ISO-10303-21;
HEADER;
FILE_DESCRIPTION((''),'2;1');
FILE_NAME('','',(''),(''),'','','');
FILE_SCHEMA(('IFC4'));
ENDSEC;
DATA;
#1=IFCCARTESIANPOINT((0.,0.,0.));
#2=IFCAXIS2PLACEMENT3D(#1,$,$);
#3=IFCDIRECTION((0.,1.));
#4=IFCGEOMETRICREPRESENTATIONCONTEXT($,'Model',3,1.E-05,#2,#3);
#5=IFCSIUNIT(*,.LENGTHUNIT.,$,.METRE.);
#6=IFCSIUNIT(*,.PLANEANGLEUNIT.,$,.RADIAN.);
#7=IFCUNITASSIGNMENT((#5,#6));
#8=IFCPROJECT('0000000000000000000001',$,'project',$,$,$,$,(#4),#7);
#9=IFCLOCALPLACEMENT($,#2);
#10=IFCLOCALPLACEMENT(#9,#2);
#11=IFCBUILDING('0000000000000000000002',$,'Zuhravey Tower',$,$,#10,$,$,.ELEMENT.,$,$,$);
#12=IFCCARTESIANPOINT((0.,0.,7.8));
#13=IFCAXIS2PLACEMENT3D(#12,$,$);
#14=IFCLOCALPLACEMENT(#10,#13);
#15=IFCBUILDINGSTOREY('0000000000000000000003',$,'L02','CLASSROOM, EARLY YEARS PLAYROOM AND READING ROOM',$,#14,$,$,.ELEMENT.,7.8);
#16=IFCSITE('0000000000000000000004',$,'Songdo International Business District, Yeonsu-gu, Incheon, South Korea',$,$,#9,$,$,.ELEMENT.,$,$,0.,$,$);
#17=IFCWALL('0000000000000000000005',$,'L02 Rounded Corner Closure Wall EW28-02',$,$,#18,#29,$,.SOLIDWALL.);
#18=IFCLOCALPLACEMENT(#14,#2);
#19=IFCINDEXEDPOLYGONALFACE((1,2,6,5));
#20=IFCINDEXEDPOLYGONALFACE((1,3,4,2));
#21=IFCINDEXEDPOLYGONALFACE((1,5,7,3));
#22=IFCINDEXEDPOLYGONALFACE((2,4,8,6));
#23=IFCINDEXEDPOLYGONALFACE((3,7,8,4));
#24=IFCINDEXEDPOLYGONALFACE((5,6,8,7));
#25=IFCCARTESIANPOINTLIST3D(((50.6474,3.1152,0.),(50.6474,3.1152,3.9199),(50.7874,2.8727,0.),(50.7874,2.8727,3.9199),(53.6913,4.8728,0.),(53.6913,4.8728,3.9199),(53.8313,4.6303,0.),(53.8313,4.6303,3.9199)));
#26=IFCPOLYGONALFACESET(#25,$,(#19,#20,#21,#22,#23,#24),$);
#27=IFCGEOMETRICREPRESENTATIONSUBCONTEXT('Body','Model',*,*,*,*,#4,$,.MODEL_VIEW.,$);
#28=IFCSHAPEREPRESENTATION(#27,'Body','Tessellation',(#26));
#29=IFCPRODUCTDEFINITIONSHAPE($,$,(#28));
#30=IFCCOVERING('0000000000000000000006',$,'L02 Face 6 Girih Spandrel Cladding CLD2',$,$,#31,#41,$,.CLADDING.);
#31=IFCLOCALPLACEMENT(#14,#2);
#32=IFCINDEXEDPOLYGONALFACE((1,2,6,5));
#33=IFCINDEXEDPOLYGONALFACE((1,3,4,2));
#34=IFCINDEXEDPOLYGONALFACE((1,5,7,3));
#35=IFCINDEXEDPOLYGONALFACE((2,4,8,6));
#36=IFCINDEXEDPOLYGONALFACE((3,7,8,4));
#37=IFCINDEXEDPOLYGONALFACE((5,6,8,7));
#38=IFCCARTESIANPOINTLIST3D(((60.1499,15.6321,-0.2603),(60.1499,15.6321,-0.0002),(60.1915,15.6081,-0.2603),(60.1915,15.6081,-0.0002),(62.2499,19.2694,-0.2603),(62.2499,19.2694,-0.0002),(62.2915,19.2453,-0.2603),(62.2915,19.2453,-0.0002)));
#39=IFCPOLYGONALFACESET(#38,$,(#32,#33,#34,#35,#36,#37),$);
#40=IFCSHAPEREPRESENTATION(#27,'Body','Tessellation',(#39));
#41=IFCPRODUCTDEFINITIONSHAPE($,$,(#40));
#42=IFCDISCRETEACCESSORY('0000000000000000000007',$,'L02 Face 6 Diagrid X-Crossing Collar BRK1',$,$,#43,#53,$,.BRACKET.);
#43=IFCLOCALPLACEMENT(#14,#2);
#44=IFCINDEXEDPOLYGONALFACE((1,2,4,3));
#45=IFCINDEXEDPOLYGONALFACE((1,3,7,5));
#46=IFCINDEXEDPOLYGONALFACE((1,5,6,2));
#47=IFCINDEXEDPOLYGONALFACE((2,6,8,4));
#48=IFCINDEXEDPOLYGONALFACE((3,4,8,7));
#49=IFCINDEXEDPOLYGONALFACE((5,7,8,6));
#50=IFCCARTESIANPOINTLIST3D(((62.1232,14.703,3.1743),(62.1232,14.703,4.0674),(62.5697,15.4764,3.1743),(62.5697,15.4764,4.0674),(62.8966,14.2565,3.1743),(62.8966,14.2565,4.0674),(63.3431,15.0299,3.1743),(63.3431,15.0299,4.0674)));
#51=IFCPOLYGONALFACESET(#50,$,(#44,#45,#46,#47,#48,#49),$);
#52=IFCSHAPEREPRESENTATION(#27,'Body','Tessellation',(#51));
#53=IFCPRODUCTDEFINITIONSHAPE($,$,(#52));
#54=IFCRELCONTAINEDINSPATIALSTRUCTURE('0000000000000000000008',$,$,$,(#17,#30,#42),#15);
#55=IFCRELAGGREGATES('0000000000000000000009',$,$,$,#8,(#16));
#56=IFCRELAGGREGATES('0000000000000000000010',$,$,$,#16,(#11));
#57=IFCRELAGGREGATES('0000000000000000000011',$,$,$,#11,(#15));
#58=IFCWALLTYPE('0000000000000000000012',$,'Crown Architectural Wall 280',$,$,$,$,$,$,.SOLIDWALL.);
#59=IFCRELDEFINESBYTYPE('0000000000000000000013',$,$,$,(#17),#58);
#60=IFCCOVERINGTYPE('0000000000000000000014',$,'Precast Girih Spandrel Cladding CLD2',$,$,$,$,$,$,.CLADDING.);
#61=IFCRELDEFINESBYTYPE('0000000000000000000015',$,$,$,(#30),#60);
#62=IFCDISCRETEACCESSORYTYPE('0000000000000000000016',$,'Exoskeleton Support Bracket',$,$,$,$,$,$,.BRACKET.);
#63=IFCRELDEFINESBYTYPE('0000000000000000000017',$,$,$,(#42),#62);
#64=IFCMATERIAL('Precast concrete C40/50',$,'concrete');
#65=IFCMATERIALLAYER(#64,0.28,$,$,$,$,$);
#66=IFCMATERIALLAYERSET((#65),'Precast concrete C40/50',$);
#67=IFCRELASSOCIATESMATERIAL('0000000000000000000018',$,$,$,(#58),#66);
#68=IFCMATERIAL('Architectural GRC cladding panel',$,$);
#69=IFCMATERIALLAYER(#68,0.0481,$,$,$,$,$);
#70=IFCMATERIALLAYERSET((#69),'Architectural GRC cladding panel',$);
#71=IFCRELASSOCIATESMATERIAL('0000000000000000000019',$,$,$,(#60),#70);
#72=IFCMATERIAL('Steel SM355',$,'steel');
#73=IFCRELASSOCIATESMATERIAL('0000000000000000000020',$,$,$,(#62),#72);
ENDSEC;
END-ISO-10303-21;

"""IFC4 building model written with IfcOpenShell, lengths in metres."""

from ifc_helpers import new_model, si_unit, direction, frame, frame_2d, origin, origin_2d, place, context, subcontext, project, spatial, rectangle, extrude, material, layer, layer_set, type_object, element, save


model = new_model("IFC4")

# Units and contexts
model_context = context("Model", 3, precision=1e-05, world=origin(), true_north=direction((0.0, 1.0)))
body_context = subcontext(model_context, "Body", "Model", "MODEL_VIEW")
ifc_project = project(units=[si_unit("LENGTHUNIT", "METRE"), si_unit("PLANEANGLEUNIT", "RADIAN")], contexts=[model_context])

# Site, building, storey
site_placement = place(None, origin())
site = spatial("IfcSite", under=ifc_project, at=site_placement, Name="Songdo International Business District, Yeonsu-gu, Incheon, South Korea", CompositionType="ELEMENT", RefElevation=0.0)
building_placement = place(site_placement, origin())
building = spatial("IfcBuilding", under=site, at=building_placement, Name="Zuhravey Tower", CompositionType="ELEMENT")
storey_placement = place(building_placement, frame((0.0, 0.0, 7.8)))
storey = spatial("IfcBuildingStorey", under=building, at=storey_placement, Name="L02", Description="CLASSROOM, EARLY YEARS PLAYROOM AND READING ROOM", CompositionType="ELEMENT", Elevation=7.8)

# Shared definitions
ifc_material_1 = material(Name="Steel SM355", Category="steel")

# Wall
ifc_material_2 = material(Name="Precast concrete C40/50", Category="concrete")
ifc_layer_1 = layer(ifc_material_2, 0.28)
ifc_layer_set_1 = layer_set([ifc_layer_1], Name="Precast concrete C40/50")
wall_type = type_object("IfcWallType", Name="Crown Architectural Wall 280", PredefinedType="SOLIDWALL", material=ifc_layer_set_1)
wall_placement = place(storey_placement, frame((53.7612, 4.7515, 0.0), z_axis=(0.0, 0.0, 1.0), x_axis=(-0.866007, -0.500031, 0.0)))
element("IfcWall", 1, at=wall_placement, inside=storey, type_object=wall_type, Name="L02 Rounded Corner Closure Wall EW28-02", PredefinedType="SOLIDWALL", context=body_context, shape_type="SweptSolid", body=[
    extrude(rectangle(XDim=3.5149, YDim=0.28, at=frame_2d((1.7573, 0.0))), origin(), (0.0, 0.0, 1.0), 3.9199),
])

# Covering
ifc_material_3 = material(Name="Architectural GRC cladding panel")
ifc_layer_2 = layer(ifc_material_3, 0.0481)
ifc_layer_set_2 = layer_set([ifc_layer_2], Name="Architectural GRC cladding panel")
covering_type = type_object("IfcCoveringType", Name="Precast Girih Spandrel Cladding CLD2", PredefinedType="CLADDING", material=ifc_layer_set_2)
covering_placement = place(storey_placement, frame((61.2207, 17.4387, -0.2603), z_axis=(0.0, 0.0, 1.0), x_axis=(-0.5, -0.866025, 0.0)))
element("IfcCovering", 2, at=covering_placement, inside=storey, type_object=covering_type, Name="L02 Face 6 Girih Spandrel Cladding CLD2", PredefinedType="CLADDING", context=body_context, shape_type="SweptSolid", body=[
    extrude(rectangle(XDim=4.2, YDim=0.0481, at=origin_2d()), origin(), (0.0, 0.0, 1.0), 0.26),
])

# Discrete accessory
discrete_accessory_type = type_object("IfcDiscreteAccessoryType", Name="Exoskeleton Support Bracket", PredefinedType="BRACKET", material=ifc_material_1)
discrete_accessory_placement = place(storey_placement, frame((62.7332, 14.8665, 3.1743), z_axis=(0.0, 0.0, 1.0), x_axis=(0.5, 0.866025, 0.0)))
element("IfcDiscreteAccessory", 3, at=discrete_accessory_placement, inside=storey, type_object=discrete_accessory_type, Name="L02 Face 6 Diagrid X-Crossing Collar BRK1", PredefinedType="BRACKET", context=body_context, shape_type="SweptSolid", body=[
    extrude(rectangle(XDim=0.8931, YDim=0.8931, at=origin_2d()), origin(), (0.0, 0.0, 1.0), 0.8931),
])

save(model, "model.ifc")
